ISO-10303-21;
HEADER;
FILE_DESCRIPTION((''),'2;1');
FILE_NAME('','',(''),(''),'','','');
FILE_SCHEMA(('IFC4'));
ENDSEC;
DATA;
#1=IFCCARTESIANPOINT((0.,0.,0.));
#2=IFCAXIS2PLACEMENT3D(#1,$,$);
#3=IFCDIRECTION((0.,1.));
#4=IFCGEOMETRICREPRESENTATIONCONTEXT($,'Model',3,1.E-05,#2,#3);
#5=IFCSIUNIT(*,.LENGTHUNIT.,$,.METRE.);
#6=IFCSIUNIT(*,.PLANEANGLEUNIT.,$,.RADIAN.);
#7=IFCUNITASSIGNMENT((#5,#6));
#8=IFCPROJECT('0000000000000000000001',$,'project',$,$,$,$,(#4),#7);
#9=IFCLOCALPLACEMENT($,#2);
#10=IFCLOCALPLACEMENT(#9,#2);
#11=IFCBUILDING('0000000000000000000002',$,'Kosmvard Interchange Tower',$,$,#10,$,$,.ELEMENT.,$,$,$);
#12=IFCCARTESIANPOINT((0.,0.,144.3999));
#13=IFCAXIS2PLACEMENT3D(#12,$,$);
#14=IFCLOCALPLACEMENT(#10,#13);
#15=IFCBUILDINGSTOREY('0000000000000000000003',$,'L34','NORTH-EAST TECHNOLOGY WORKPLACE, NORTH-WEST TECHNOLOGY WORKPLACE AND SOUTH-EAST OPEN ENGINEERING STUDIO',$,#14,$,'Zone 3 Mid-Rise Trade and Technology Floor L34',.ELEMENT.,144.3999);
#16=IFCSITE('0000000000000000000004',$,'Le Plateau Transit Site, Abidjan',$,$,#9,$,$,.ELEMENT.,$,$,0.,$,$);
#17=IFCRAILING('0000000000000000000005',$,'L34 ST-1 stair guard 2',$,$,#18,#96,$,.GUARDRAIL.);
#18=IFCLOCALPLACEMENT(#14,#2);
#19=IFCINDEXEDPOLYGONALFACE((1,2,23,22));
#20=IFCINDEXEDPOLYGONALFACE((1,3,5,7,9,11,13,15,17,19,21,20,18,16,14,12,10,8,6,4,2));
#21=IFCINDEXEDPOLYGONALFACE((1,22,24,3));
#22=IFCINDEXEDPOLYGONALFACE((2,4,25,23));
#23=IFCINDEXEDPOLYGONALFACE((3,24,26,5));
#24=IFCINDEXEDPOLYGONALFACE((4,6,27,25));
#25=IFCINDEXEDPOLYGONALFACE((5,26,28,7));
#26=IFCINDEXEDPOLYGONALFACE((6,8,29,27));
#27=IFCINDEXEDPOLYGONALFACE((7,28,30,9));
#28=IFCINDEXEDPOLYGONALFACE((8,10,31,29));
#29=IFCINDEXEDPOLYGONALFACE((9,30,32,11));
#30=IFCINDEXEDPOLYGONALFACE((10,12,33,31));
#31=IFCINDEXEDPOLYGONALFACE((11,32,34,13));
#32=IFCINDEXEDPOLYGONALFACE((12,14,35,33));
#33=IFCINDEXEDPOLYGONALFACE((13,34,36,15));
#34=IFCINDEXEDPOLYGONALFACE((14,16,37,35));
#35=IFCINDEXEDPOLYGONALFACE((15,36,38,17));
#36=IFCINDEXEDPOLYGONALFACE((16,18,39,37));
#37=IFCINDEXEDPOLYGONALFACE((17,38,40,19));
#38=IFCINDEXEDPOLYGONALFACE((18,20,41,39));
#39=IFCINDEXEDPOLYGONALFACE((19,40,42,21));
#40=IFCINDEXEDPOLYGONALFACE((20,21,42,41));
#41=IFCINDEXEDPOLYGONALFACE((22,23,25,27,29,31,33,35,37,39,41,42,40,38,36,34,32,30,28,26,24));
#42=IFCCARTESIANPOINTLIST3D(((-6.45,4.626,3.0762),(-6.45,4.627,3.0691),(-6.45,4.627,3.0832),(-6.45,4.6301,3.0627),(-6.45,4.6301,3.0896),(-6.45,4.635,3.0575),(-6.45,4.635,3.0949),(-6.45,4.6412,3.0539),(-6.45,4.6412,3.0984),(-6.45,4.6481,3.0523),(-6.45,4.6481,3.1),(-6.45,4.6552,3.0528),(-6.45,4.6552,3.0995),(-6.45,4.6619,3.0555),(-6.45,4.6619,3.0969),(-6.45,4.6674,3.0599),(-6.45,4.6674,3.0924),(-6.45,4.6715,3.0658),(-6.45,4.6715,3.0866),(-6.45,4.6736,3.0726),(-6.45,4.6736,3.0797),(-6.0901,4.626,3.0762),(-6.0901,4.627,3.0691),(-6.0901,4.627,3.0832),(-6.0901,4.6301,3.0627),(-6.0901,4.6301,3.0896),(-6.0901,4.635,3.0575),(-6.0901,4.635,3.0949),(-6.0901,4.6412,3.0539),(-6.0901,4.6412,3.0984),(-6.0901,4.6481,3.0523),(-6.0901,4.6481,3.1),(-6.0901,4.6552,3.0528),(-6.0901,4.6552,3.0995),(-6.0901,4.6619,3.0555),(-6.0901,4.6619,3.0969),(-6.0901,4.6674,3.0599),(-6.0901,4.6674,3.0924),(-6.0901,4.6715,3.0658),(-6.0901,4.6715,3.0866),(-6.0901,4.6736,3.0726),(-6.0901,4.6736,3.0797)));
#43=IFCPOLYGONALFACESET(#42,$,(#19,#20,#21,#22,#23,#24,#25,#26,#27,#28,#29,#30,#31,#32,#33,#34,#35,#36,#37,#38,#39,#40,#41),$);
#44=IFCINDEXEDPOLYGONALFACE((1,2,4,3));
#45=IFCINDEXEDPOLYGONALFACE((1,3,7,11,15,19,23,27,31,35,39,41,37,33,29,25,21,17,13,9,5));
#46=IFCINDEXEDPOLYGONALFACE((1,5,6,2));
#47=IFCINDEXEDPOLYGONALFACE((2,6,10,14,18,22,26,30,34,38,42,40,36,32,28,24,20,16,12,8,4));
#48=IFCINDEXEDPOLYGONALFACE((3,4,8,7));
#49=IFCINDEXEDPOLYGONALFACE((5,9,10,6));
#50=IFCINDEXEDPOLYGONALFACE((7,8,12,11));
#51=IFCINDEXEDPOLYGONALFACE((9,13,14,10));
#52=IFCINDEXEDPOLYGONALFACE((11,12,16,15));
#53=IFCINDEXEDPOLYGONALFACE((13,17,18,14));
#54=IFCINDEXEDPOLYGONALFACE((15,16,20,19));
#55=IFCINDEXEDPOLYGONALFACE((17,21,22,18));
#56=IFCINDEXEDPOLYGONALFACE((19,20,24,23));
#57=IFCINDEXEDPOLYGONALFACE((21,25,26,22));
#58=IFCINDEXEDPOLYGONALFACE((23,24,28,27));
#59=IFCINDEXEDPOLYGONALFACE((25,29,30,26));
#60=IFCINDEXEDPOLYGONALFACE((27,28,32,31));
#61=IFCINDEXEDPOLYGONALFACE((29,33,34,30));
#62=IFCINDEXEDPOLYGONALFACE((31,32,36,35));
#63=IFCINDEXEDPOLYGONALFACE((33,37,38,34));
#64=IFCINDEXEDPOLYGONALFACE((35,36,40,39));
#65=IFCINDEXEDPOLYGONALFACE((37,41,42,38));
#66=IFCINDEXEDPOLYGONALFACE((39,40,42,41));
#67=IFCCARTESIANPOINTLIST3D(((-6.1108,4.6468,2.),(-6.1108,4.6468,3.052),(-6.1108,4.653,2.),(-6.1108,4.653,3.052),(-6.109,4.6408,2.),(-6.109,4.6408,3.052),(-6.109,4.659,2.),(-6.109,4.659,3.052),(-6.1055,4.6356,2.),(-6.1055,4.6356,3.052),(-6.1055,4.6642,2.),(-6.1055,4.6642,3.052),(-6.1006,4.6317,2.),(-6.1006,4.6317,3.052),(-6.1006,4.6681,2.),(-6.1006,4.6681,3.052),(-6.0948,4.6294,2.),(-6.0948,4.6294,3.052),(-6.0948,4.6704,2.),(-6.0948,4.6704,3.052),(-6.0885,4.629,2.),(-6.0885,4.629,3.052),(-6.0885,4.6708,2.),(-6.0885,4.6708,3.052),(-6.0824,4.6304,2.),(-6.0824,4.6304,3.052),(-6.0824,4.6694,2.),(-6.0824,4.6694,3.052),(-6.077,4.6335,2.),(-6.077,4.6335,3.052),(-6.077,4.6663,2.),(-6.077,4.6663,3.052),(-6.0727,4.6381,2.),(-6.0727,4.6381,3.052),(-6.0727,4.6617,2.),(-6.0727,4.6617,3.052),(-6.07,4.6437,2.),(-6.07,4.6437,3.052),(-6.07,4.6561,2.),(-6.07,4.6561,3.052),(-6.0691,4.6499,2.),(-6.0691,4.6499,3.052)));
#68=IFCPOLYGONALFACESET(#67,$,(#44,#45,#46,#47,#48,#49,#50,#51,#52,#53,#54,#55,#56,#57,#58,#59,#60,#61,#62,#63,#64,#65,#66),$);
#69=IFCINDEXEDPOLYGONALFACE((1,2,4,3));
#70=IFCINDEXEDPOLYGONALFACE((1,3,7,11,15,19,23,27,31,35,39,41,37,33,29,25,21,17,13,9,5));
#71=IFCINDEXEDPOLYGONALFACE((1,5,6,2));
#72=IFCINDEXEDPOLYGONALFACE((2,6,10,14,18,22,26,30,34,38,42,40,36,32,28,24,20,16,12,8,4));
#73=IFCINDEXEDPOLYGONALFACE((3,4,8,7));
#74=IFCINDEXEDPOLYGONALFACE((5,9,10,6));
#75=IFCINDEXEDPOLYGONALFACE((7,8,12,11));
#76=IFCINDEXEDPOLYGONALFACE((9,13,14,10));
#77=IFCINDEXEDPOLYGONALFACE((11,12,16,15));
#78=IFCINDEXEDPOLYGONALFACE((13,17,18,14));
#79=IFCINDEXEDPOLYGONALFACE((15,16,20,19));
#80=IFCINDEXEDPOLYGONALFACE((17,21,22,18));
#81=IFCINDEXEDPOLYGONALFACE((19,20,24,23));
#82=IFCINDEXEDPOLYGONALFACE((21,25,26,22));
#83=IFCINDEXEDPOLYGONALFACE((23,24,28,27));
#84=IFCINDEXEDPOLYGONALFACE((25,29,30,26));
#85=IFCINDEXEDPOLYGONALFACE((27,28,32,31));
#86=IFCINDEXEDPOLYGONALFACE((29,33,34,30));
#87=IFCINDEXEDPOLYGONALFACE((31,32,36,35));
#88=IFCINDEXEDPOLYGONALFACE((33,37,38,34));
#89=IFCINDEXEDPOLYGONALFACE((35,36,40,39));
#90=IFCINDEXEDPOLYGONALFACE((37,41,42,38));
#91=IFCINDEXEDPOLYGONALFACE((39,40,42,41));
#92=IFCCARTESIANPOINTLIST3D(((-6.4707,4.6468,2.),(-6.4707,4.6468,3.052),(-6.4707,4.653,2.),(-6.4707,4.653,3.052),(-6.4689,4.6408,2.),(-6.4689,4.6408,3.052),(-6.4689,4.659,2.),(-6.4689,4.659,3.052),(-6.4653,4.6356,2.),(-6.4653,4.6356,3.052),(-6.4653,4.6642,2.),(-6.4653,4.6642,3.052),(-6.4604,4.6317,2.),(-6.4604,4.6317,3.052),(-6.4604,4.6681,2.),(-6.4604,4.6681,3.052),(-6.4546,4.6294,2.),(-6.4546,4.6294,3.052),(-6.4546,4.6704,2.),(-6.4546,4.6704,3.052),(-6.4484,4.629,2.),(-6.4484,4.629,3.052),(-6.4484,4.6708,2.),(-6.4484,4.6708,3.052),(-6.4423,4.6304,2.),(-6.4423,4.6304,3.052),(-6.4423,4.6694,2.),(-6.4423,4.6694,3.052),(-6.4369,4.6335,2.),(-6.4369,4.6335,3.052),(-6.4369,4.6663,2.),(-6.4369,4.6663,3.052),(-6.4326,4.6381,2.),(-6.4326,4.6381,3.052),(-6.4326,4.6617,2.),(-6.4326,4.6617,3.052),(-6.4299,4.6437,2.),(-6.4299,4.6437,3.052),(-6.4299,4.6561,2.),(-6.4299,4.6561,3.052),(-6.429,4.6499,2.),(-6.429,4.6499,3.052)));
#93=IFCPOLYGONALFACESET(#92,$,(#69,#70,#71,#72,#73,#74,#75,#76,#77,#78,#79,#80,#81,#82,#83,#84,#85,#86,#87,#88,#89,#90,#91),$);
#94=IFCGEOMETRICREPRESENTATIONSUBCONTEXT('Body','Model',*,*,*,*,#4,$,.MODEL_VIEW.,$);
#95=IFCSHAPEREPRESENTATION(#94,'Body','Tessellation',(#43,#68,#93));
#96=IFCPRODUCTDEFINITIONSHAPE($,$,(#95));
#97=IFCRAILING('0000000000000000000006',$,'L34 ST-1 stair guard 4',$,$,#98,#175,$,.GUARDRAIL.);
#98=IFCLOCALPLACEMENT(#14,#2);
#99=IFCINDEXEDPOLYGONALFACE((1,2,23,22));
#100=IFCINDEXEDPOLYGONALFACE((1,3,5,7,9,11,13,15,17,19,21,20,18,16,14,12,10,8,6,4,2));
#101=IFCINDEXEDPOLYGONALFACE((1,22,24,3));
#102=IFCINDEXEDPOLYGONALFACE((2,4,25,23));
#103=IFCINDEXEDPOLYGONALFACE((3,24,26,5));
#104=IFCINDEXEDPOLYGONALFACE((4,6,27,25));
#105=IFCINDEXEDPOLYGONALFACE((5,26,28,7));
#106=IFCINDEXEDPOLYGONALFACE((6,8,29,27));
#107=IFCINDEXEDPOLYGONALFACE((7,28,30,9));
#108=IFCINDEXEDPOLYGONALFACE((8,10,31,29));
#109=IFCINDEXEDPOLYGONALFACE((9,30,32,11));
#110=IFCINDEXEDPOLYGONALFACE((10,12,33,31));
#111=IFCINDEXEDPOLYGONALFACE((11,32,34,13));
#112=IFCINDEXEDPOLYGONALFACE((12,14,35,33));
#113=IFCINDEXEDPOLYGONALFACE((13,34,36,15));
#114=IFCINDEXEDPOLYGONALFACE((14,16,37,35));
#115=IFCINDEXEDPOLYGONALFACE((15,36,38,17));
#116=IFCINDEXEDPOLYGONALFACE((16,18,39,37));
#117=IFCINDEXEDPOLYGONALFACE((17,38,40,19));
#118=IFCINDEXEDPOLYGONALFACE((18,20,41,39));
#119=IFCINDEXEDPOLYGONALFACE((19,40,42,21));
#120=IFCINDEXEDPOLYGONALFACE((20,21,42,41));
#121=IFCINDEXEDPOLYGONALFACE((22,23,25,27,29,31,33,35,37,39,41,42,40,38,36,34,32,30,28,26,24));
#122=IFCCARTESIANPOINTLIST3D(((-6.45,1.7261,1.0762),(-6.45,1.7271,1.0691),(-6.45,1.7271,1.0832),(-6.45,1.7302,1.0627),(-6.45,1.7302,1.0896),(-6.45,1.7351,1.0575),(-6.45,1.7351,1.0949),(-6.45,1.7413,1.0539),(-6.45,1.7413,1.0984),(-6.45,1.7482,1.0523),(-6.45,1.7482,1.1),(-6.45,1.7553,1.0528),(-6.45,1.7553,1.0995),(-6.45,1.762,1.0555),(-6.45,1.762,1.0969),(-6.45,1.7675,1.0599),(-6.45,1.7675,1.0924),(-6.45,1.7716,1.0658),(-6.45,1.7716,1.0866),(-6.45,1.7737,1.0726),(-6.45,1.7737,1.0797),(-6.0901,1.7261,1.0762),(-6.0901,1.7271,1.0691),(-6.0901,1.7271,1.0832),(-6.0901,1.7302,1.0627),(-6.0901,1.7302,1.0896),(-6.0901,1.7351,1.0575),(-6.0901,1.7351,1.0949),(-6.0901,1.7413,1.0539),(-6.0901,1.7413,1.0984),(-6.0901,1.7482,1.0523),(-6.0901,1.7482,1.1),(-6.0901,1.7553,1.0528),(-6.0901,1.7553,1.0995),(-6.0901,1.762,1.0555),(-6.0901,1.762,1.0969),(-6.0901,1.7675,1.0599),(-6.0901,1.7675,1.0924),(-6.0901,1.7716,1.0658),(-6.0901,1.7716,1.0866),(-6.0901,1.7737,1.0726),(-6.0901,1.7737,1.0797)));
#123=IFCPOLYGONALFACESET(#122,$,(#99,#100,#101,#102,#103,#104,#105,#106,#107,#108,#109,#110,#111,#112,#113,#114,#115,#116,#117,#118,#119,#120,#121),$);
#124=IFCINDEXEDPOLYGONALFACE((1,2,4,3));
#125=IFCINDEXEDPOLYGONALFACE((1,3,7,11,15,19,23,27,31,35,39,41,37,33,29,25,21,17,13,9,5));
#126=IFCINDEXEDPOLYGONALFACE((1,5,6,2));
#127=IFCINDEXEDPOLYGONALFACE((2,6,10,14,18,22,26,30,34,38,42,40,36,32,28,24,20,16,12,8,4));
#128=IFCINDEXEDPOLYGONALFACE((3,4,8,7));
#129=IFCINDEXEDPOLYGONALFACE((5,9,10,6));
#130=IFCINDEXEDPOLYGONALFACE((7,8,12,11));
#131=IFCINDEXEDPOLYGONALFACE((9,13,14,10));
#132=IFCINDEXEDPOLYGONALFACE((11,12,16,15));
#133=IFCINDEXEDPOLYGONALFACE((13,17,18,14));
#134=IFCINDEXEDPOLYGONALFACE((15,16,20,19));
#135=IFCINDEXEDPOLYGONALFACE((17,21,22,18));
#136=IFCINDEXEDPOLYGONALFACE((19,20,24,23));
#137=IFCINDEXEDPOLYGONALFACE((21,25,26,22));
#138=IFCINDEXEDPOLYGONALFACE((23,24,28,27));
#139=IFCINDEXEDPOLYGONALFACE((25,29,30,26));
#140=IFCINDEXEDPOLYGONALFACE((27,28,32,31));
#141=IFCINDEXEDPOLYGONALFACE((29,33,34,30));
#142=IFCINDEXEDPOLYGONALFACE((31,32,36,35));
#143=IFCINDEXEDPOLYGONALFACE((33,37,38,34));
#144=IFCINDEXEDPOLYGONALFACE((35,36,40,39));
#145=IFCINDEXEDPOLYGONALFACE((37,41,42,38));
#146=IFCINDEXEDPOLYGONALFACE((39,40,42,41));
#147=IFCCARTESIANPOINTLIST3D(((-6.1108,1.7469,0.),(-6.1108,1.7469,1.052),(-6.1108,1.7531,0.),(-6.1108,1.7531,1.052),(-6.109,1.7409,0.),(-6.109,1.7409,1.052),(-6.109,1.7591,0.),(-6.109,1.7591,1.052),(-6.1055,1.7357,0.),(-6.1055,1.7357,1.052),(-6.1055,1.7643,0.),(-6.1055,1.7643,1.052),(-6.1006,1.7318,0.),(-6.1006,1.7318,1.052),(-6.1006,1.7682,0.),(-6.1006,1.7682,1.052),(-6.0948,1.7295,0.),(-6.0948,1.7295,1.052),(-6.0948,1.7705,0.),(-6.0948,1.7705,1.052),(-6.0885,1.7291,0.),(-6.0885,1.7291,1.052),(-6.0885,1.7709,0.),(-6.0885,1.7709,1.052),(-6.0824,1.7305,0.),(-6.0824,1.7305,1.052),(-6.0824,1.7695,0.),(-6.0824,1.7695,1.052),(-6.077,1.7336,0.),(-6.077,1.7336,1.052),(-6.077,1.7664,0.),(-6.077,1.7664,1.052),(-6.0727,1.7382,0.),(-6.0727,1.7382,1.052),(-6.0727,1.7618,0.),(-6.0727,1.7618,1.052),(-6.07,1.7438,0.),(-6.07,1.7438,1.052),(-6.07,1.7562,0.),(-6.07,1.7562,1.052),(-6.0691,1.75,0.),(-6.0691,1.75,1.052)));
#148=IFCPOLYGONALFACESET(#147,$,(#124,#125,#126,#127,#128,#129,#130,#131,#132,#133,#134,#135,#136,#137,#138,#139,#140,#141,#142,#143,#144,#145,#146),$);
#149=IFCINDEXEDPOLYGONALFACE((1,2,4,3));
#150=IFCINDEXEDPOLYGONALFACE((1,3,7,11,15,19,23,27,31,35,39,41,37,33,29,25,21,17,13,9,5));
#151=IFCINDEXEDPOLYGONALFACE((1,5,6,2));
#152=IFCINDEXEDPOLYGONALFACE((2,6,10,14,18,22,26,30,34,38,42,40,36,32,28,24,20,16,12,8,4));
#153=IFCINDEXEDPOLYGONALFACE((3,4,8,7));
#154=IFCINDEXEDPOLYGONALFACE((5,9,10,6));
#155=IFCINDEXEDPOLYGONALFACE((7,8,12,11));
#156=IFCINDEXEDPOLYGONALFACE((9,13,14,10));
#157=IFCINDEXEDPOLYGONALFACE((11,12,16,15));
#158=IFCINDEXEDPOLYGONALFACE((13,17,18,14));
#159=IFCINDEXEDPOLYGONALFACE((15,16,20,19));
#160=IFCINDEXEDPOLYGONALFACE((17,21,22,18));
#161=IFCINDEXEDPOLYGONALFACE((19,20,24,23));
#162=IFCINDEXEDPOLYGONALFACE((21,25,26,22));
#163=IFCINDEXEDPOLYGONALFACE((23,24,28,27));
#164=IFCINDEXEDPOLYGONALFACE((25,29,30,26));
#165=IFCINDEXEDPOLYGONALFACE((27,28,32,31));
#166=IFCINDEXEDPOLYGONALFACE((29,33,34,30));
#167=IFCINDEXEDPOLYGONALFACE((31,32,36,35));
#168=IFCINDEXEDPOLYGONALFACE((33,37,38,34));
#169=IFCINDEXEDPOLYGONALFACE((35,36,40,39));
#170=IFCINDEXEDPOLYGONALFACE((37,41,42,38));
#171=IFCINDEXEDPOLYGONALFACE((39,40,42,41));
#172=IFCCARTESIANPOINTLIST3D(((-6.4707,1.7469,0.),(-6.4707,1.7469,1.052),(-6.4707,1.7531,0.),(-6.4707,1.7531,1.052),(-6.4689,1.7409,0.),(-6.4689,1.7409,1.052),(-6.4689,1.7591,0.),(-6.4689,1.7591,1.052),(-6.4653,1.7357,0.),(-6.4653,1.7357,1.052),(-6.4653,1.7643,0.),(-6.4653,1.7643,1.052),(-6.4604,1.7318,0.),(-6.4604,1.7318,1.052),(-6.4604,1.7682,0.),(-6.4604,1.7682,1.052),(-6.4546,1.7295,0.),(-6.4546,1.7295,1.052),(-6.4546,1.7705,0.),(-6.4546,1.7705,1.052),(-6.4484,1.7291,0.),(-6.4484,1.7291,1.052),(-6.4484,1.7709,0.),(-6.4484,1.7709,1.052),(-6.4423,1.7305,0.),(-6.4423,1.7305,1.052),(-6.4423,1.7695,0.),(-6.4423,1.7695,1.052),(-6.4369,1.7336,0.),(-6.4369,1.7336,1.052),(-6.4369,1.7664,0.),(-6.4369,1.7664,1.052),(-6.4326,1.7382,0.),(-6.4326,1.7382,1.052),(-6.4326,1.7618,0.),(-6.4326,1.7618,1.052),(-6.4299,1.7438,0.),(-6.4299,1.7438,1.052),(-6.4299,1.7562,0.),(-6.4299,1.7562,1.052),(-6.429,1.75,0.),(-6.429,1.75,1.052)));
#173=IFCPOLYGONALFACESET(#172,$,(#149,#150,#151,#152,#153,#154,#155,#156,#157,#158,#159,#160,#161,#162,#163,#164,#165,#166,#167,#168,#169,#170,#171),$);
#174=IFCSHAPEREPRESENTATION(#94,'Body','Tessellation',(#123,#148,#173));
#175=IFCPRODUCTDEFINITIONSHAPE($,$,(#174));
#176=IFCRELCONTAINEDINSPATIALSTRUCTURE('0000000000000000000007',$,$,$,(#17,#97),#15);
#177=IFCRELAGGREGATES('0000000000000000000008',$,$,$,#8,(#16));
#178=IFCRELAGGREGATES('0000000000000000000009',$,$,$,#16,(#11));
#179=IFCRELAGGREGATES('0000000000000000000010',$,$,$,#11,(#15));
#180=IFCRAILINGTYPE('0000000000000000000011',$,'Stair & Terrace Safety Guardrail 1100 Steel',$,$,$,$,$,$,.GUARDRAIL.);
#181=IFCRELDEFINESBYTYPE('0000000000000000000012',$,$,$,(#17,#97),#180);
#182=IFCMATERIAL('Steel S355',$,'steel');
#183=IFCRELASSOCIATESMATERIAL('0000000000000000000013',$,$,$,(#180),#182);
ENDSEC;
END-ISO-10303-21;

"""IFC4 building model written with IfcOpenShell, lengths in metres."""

from ifc_helpers import new_model, si_unit, direction, frame, origin, origin_2d, place, context, subcontext, project, spatial, circle, extrude, source, transform, mapped, material, type_object, element, save


model = new_model("IFC4")

# Units and contexts
model_context = context("Model", 3, precision=1e-05, world=origin(), true_north=direction((0.0, 1.0)))
body_context = subcontext(model_context, "Body", "Model", "MODEL_VIEW")
ifc_project = project(units=[si_unit("LENGTHUNIT", "METRE"), si_unit("PLANEANGLEUNIT", "RADIAN")], contexts=[model_context])

# Site, building, storey
site_placement = place(None, origin())
site = spatial("IfcSite", under=ifc_project, at=site_placement, Name="Le Plateau Transit Site, Abidjan", CompositionType="ELEMENT", RefElevation=0.0)
building_placement = place(site_placement, origin())
building = spatial("IfcBuilding", under=site, at=building_placement, Name="Kosmvard Interchange Tower", CompositionType="ELEMENT")
storey_placement = place(building_placement, frame((0.0, 0.0, 144.3999)))
storey = spatial("IfcBuildingStorey", under=building, at=storey_placement, Name="L34", Description="NORTH-EAST TECHNOLOGY WORKPLACE, NORTH-WEST TECHNOLOGY WORKPLACE AND SOUTH-EAST OPEN ENGINEERING STUDIO", LongName="Zone 3 Mid-Rise Trade and Technology Floor L34", CompositionType="ELEMENT", Elevation=144.3999)

# Shared definitions
ifc_material_1 = material(Name="Steel S355", Category="steel")

# Railings
railing_type_1 = type_object("IfcRailingType", Name="Stair & Terrace Safety Guardrail 1100 Steel", PredefinedType="GUARDRAIL", material=ifc_material_1)
shared_shape_1 = source(origin(), body_context, "Body", "SweptSolid", [
    extrude(circle(Radius=0.0239, at=origin_2d()), frame((0.0, 0.0, 1.0762), z_axis=(-1.0, 0.0, 0.0), x_axis=(0.0, -1.0, 0.0)), (0.0, 0.0, 1.0), 0.3599),
    extrude(circle(Radius=0.021, at=origin_2d()), origin(), (0.0, 0.0, 1.0), 1.052),
    extrude(circle(Radius=0.021, at=origin_2d()), frame((-0.3599, 0.0, 0.0)), (0.0, 0.0, 1.0), 1.052),
])
for number, where, name in (
    (1, (-6.0901, 4.6499, 2.0), "L34 ST-1 stair guard 2"),
    (2, (-6.0901, 1.75, 0.0), "L34 ST-1 stair guard 4"),
):
    element("IfcRailing", number, at=place(storey_placement, frame(where)), inside=storey, type_object=railing_type_1, Name=name, PredefinedType="GUARDRAIL", context=body_context, shape_type="MappedRepresentation", body=[
        mapped(shared_shape_1, transform((0.0, 0.0, 0.0), scale=1.0)),
    ])

save(model, "model.ifc")
